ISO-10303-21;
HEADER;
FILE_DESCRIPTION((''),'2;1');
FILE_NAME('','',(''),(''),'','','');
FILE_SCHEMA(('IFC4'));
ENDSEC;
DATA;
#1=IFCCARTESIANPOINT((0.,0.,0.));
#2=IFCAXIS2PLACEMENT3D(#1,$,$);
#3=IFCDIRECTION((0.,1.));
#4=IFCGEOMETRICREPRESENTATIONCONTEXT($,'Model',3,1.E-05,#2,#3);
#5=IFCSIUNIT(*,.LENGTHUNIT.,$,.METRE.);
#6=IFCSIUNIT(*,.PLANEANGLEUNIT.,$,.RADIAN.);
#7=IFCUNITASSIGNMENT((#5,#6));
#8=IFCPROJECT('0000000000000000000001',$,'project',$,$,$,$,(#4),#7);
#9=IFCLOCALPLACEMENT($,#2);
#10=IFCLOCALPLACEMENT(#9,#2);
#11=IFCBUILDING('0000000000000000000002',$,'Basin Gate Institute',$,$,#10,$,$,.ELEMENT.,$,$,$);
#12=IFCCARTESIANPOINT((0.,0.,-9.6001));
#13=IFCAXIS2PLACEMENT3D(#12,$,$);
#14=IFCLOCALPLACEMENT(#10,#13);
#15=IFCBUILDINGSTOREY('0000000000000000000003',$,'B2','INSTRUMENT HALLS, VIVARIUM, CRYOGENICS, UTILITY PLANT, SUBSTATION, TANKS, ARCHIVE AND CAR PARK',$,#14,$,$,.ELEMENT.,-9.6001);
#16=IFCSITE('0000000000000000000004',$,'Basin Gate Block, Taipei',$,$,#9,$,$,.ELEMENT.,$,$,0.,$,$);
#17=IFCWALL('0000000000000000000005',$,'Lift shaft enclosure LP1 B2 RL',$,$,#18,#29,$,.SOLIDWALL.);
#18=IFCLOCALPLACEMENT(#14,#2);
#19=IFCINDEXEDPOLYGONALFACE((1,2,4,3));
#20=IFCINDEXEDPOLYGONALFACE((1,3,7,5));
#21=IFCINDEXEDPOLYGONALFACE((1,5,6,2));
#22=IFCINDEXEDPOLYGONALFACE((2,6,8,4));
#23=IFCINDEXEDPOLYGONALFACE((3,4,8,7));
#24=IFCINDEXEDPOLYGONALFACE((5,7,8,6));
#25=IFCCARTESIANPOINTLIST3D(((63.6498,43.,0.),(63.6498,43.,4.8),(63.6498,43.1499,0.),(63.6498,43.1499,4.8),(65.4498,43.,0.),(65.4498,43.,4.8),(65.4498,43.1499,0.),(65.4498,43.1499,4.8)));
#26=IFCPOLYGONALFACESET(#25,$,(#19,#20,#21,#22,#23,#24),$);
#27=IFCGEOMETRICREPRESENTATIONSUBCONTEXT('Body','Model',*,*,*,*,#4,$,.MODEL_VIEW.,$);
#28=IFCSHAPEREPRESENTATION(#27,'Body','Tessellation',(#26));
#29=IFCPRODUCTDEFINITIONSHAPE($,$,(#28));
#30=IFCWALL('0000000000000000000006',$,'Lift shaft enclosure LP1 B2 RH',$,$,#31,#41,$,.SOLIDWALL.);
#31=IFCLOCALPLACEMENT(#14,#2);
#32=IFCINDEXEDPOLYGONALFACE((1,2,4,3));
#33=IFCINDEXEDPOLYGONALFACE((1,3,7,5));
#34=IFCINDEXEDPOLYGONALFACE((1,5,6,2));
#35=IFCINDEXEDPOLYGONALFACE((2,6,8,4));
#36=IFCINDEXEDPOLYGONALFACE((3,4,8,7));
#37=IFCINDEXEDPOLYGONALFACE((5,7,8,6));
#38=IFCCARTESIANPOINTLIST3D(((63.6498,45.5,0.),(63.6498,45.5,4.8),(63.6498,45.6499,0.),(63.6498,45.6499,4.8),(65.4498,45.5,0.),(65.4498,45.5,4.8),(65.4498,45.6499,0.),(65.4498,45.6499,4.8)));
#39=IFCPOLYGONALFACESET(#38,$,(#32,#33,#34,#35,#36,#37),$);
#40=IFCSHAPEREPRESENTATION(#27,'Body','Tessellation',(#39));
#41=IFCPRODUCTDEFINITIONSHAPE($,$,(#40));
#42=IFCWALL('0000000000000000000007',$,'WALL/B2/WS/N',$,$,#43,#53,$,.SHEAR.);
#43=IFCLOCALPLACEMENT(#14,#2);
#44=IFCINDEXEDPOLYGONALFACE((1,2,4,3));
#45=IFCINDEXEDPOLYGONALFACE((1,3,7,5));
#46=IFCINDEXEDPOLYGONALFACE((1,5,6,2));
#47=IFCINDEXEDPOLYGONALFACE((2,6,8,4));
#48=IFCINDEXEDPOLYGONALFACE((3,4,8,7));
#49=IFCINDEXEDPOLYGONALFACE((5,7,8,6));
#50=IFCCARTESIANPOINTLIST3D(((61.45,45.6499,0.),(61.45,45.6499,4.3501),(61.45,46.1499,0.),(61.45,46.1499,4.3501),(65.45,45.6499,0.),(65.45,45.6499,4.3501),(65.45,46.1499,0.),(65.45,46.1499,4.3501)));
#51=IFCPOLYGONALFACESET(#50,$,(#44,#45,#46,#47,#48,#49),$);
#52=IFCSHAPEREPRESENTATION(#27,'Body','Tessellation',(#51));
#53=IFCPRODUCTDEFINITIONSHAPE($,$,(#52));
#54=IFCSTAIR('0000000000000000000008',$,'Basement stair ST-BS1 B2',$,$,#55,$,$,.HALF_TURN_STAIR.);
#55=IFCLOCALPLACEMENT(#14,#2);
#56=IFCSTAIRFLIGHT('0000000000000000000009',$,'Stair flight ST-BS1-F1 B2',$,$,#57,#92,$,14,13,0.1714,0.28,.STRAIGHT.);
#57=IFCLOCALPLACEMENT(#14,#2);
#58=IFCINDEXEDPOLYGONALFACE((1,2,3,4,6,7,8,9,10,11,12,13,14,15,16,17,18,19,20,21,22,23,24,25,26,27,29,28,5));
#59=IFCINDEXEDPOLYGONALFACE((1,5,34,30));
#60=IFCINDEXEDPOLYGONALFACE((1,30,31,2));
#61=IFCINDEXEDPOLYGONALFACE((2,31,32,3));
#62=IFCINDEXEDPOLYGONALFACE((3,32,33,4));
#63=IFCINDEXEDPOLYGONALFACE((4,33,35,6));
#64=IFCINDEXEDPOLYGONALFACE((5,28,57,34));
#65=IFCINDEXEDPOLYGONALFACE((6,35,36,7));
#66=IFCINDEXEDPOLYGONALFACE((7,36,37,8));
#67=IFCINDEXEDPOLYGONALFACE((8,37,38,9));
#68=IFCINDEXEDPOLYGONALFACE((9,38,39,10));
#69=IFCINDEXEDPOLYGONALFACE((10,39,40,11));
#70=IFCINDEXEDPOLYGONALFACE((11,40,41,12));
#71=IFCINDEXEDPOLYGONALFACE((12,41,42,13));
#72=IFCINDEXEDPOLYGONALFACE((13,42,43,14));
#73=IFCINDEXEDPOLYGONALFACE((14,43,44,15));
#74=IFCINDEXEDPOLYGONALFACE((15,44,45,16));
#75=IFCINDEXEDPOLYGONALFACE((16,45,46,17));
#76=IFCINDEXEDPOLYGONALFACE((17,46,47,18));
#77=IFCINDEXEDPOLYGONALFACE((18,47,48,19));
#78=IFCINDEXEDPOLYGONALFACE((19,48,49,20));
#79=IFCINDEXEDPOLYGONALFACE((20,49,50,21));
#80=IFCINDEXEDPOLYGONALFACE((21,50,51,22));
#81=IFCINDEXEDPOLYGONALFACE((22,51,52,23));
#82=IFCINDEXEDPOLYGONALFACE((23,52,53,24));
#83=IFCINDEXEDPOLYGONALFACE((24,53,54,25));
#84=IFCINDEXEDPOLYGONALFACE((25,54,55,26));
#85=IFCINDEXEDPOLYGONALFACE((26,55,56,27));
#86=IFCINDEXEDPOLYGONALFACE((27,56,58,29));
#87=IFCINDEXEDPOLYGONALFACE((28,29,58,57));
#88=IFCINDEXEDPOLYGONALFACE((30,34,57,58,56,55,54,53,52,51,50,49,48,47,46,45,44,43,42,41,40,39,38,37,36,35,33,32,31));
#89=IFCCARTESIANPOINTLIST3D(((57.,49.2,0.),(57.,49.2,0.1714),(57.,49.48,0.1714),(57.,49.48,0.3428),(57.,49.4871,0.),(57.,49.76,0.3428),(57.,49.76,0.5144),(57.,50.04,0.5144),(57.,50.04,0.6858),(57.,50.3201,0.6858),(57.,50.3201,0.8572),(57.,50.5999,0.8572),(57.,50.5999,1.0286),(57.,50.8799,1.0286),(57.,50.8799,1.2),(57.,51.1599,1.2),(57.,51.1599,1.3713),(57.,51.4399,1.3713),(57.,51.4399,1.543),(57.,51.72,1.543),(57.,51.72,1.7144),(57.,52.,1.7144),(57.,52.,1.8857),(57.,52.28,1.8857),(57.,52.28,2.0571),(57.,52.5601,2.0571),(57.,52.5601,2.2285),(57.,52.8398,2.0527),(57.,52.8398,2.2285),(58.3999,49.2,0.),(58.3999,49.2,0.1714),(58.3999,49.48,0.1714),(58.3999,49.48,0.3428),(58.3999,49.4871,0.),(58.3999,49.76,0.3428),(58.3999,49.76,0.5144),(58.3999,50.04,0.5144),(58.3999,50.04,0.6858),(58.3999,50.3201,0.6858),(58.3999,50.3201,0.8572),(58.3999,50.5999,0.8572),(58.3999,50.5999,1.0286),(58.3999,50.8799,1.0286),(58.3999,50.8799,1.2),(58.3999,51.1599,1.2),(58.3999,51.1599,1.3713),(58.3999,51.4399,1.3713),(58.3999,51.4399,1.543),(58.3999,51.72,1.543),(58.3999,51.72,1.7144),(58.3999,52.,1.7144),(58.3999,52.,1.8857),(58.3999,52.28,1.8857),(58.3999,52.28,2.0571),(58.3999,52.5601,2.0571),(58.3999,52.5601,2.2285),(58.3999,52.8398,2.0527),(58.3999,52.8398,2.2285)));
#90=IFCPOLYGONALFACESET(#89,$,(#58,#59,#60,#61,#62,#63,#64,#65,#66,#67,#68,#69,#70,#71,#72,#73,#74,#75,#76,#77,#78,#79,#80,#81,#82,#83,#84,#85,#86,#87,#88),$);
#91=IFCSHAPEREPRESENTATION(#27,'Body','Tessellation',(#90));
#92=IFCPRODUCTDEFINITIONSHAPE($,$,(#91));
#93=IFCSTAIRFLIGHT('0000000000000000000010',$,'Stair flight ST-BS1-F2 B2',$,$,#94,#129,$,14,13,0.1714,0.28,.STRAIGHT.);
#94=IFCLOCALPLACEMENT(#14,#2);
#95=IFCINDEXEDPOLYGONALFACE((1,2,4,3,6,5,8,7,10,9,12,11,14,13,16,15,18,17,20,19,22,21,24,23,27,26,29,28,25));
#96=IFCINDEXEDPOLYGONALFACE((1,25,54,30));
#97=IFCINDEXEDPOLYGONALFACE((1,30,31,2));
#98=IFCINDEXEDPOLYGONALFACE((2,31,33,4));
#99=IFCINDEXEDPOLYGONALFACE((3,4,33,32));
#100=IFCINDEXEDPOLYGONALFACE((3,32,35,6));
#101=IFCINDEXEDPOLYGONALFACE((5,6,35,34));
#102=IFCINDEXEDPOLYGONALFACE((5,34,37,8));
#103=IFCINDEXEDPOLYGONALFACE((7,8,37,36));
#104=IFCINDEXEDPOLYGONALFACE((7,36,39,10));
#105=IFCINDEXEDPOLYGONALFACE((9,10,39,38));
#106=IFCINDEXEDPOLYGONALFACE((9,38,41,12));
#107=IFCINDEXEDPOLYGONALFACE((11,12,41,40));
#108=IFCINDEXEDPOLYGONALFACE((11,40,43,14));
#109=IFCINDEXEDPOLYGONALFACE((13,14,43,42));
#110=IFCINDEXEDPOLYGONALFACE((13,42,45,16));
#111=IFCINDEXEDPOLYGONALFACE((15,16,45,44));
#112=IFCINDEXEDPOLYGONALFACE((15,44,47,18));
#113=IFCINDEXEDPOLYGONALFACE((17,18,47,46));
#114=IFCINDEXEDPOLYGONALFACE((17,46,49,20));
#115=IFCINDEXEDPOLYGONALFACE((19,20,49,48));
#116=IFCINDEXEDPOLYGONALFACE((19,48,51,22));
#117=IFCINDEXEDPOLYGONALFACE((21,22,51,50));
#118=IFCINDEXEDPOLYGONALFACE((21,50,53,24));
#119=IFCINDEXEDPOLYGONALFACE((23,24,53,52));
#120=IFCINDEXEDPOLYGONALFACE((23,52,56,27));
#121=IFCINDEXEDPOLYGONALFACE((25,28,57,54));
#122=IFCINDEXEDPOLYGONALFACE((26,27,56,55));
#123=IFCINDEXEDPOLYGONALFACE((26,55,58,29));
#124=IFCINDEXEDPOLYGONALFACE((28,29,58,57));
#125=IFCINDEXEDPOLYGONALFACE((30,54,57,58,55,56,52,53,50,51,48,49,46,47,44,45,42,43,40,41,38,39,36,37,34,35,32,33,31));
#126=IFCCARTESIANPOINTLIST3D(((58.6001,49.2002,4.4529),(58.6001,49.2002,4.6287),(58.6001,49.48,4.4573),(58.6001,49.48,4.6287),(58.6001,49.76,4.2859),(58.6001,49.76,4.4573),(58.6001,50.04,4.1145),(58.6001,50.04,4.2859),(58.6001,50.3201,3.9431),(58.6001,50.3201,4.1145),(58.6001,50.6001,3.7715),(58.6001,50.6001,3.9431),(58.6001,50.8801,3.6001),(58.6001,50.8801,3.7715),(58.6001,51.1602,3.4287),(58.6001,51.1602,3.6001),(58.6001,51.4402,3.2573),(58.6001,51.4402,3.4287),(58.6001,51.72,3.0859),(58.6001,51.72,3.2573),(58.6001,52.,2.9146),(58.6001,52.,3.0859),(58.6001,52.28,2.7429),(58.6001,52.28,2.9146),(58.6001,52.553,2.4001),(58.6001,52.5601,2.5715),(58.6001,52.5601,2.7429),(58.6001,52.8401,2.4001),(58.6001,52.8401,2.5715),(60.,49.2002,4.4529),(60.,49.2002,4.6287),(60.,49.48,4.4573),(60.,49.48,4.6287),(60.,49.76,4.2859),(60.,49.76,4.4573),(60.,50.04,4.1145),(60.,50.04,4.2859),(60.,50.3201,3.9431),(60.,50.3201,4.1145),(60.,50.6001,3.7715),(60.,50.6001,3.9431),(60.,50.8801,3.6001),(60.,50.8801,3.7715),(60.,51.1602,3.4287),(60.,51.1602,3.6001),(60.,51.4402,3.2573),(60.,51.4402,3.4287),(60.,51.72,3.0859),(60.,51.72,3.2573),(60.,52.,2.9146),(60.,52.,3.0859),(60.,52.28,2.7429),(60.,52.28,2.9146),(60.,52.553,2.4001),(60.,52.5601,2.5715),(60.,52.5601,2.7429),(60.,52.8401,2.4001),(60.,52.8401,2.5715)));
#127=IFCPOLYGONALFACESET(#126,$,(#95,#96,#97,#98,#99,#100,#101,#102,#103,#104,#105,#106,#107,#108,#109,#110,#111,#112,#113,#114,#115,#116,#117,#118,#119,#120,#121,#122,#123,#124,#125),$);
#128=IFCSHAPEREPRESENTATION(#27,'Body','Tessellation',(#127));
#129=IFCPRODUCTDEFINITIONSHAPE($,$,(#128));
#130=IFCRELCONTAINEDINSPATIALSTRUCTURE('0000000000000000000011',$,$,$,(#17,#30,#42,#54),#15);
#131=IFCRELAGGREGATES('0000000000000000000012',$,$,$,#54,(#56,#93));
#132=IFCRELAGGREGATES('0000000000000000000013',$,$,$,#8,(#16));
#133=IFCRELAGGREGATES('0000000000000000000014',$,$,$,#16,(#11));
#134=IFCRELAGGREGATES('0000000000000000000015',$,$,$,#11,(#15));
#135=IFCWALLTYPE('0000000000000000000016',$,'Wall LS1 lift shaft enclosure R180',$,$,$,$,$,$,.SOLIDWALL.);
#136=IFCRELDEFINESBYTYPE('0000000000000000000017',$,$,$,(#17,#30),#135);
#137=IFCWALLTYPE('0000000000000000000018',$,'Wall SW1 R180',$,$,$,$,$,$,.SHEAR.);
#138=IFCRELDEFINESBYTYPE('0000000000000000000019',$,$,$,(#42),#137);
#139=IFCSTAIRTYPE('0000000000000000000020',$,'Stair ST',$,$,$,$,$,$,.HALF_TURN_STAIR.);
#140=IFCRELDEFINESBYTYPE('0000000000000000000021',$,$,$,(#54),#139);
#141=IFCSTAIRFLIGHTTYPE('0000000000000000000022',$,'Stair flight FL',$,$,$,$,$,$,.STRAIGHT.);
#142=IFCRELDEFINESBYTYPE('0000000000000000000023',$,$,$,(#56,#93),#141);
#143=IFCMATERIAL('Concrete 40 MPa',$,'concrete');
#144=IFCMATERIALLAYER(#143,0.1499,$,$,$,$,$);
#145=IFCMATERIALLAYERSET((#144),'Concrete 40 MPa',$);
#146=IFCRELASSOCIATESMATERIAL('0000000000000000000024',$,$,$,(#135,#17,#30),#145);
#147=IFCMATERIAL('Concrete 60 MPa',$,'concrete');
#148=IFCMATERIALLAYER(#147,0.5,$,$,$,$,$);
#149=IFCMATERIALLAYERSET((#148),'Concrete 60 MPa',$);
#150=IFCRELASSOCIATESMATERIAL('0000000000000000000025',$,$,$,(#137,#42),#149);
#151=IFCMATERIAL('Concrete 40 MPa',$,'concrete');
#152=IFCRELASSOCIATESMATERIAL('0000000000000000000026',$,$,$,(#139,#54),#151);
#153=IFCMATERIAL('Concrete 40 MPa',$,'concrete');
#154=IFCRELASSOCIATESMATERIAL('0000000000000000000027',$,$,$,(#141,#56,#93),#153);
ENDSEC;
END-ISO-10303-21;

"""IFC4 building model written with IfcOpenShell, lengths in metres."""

from ifc_helpers import new_model, si_unit, direction, frame, frame_2d, origin, place, context, subcontext, project, spatial, polyline, rectangle, outline, extrude, material, layer, layer_set, type_object, element, aggregate, save


model = new_model("IFC4")

# Units and contexts
model_context = context("Model", 3, precision=1e-05, world=origin(), true_north=direction((0.0, 1.0)))
body_context = subcontext(model_context, "Body", "Model", "MODEL_VIEW")
ifc_project = project(units=[si_unit("LENGTHUNIT", "METRE"), si_unit("PLANEANGLEUNIT", "RADIAN")], contexts=[model_context])

# Site, building, storey
site_placement = place(None, origin())
site = spatial("IfcSite", under=ifc_project, at=site_placement, Name="Basin Gate Block, Taipei", CompositionType="ELEMENT", RefElevation=0.0)
building_placement = place(site_placement, origin())
building = spatial("IfcBuilding", under=site, at=building_placement, Name="Basin Gate Institute", CompositionType="ELEMENT")
storey_placement = place(building_placement, frame((0.0, 0.0, -9.6001)))
storey = spatial("IfcBuildingStorey", under=building, at=storey_placement, Name="B2", Description="INSTRUMENT HALLS, VIVARIUM, CRYOGENICS, UTILITY PLANT, SUBSTATION, TANKS, ARCHIVE AND CAR PARK", CompositionType="ELEMENT", Elevation=-9.6001)

# Walls
ifc_material_1 = material(Name="Concrete 40 MPa", Category="concrete")
ifc_layer_1 = layer(ifc_material_1, 0.1499)
ifc_layer_set_1 = layer_set([ifc_layer_1], Name="Concrete 40 MPa")
wall_type_1 = type_object("IfcWallType", Name="Wall LS1 lift shaft enclosure R180", PredefinedType="SOLIDWALL", material=ifc_layer_set_1)
for number, where, z_axis, x_axis, name in (
    (1, (63.6499, 43.075, 0.0), (0.0, 0.0, 1.0), (1.0, 0.0, 0.0), "Lift shaft enclosure LP1 B2 RL"),
    (2, (63.6499, 45.575, 0.0), (0.0, 0.0, 1.0), (1.0, 0.0, 0.0), "Lift shaft enclosure LP1 B2 RH"),
):
    element("IfcWall", number, at=place(storey_placement, frame(where, z_axis=z_axis, x_axis=x_axis)), inside=storey, type_object=wall_type_1, material=ifc_layer_set_1, Name=name, PredefinedType="SOLIDWALL", context=body_context, shape_type="SweptSolid", body=[
        extrude(rectangle(XDim=1.8, YDim=0.1499, at=frame_2d((0.8999, 0.0))), origin(), (0.0, 0.0, 1.0), 4.8),
    ])
ifc_material_2 = material(Name="Concrete 60 MPa", Category="concrete")
ifc_layer_2 = layer(ifc_material_2, 0.5)
ifc_layer_set_2 = layer_set([ifc_layer_2], Name="Concrete 60 MPa")
wall_type_2 = type_object("IfcWallType", Name="Wall SW1 R180", PredefinedType="SHEAR", material=ifc_layer_set_2)
wall_1_placement = place(storey_placement, frame((61.45, 45.8999, 0.0), z_axis=(0.0, 0.0, 1.0), x_axis=(1.0, 0.0, 0.0)))
element("IfcWall", 3, at=wall_1_placement, inside=storey, type_object=wall_type_2, material=ifc_layer_set_2, Name="WALL/B2/WS/N", PredefinedType="SHEAR", context=body_context, shape_type="SweptSolid", body=[
    extrude(rectangle(XDim=4.0, YDim=0.5, at=frame_2d((2.0, 0.0))), origin(), (0.0, 0.0, 1.0), 4.3501),
])

# Stair, stair flights
ifc_material_3 = material(Name="Concrete 40 MPa", Category="concrete")
stair_type = type_object("IfcStairType", Name="Stair ST", PredefinedType="HALF_TURN_STAIR", material=ifc_material_3)
stair_placement = place(storey_placement, origin())
stair = element("IfcStair", 4, at=stair_placement, inside=storey, type_object=stair_type, material=ifc_material_3, Name="Basement stair ST-BS1 B2", PredefinedType="HALF_TURN_STAIR")
ifc_material_4 = material(Name="Concrete 40 MPa", Category="concrete")
stair_flight_type = type_object("IfcStairFlightType", Name="Stair flight FL", PredefinedType="STRAIGHT", material=ifc_material_4)
stair_flight_1_placement = place(storey_placement, frame((57.7, 49.2, 0.0), z_axis=(0.0, 0.0, 1.0), x_axis=(0.0, 1.0, 0.0)))
stair_flight_1 = element("IfcStairFlight", 5, at=stair_flight_1_placement, type_object=stair_flight_type, material=ifc_material_4, Name="Stair flight ST-BS1-F1 B2", NumberOfRisers=14, NumberOfTreads=13, PredefinedType="STRAIGHT", RiserHeight=0.1714, TreadLength=0.28, context=body_context, shape_type="SweptSolid", body=[
    extrude(outline(polyline([(0.0, 0.0), (0.0, 0.1714), (0.28, 0.1714), (0.28, 0.3428), (0.5601, 0.3428), (0.5601, 0.5144), (0.8401, 0.5144), (0.8401, 0.6858), (1.1201, 0.6858), (1.1201, 0.8572), (1.3999, 0.8572), (1.3999, 1.0286), (1.6799, 1.0286), (1.6799, 1.2), (1.96, 1.2), (1.96, 1.3713), (2.24, 1.3713), (2.24, 1.543), (2.52, 1.543), (2.52, 1.7144), (2.8, 1.7144), (2.8, 1.8857), (3.0801, 1.8857), (3.0801, 2.0571), (3.3601, 2.0571), (3.3601, 2.2285), (3.6399, 2.2285), (3.6399, 2.3999), (3.6399, 2.0527), (0.2871, 0.0), (0.0, 0.0)])), frame((0.0, 0.7, 0.0), z_axis=(0.0, -1.0, 0.0), x_axis=(1.0, 0.0, 0.0)), (0.0, 0.0, 1.0), 1.3999),
])
stair_flight_2_placement = place(storey_placement, frame((59.3, 52.8401, 2.4001), z_axis=(0.0, 0.0, 1.0), x_axis=(0.0, -1.0, 0.0)))
stair_flight_2 = element("IfcStairFlight", 6, at=stair_flight_2_placement, type_object=stair_flight_type, material=ifc_material_4, Name="Stair flight ST-BS1-F2 B2", NumberOfRisers=14, NumberOfTreads=13, PredefinedType="STRAIGHT", RiserHeight=0.1714, TreadLength=0.28, context=body_context, shape_type="SweptSolid", body=[
    extrude(outline(polyline([(0.0, 0.0), (0.0, 0.1714), (0.28, 0.1714), (0.28, 0.3428), (0.5601, 0.3428), (0.5601, 0.5144), (0.8401, 0.5144), (0.8401, 0.6858), (1.1201, 0.6858), (1.1201, 0.8572), (1.3999, 0.8572), (1.3999, 1.0286), (1.6799, 1.0286), (1.6799, 1.2), (1.96, 1.2), (1.96, 1.3713), (2.24, 1.3713), (2.24, 1.543), (2.52, 1.543), (2.52, 1.7144), (2.8, 1.7144), (2.8, 1.8857), (3.0801, 1.8857), (3.0801, 2.0571), (3.3601, 2.0571), (3.3601, 2.2285), (3.6399, 2.2285), (3.6399, 2.3999), (3.6399, 2.0527), (0.2871, 0.0), (0.0, 0.0)])), frame((0.0, 0.7, 0.0), z_axis=(0.0, -1.0, 0.0), x_axis=(1.0, 0.0, 0.0)), (0.0, 0.0, 1.0), 1.3999),
])
aggregate(stair, [stair_flight_1, stair_flight_2])

save(model, "model.ifc")
